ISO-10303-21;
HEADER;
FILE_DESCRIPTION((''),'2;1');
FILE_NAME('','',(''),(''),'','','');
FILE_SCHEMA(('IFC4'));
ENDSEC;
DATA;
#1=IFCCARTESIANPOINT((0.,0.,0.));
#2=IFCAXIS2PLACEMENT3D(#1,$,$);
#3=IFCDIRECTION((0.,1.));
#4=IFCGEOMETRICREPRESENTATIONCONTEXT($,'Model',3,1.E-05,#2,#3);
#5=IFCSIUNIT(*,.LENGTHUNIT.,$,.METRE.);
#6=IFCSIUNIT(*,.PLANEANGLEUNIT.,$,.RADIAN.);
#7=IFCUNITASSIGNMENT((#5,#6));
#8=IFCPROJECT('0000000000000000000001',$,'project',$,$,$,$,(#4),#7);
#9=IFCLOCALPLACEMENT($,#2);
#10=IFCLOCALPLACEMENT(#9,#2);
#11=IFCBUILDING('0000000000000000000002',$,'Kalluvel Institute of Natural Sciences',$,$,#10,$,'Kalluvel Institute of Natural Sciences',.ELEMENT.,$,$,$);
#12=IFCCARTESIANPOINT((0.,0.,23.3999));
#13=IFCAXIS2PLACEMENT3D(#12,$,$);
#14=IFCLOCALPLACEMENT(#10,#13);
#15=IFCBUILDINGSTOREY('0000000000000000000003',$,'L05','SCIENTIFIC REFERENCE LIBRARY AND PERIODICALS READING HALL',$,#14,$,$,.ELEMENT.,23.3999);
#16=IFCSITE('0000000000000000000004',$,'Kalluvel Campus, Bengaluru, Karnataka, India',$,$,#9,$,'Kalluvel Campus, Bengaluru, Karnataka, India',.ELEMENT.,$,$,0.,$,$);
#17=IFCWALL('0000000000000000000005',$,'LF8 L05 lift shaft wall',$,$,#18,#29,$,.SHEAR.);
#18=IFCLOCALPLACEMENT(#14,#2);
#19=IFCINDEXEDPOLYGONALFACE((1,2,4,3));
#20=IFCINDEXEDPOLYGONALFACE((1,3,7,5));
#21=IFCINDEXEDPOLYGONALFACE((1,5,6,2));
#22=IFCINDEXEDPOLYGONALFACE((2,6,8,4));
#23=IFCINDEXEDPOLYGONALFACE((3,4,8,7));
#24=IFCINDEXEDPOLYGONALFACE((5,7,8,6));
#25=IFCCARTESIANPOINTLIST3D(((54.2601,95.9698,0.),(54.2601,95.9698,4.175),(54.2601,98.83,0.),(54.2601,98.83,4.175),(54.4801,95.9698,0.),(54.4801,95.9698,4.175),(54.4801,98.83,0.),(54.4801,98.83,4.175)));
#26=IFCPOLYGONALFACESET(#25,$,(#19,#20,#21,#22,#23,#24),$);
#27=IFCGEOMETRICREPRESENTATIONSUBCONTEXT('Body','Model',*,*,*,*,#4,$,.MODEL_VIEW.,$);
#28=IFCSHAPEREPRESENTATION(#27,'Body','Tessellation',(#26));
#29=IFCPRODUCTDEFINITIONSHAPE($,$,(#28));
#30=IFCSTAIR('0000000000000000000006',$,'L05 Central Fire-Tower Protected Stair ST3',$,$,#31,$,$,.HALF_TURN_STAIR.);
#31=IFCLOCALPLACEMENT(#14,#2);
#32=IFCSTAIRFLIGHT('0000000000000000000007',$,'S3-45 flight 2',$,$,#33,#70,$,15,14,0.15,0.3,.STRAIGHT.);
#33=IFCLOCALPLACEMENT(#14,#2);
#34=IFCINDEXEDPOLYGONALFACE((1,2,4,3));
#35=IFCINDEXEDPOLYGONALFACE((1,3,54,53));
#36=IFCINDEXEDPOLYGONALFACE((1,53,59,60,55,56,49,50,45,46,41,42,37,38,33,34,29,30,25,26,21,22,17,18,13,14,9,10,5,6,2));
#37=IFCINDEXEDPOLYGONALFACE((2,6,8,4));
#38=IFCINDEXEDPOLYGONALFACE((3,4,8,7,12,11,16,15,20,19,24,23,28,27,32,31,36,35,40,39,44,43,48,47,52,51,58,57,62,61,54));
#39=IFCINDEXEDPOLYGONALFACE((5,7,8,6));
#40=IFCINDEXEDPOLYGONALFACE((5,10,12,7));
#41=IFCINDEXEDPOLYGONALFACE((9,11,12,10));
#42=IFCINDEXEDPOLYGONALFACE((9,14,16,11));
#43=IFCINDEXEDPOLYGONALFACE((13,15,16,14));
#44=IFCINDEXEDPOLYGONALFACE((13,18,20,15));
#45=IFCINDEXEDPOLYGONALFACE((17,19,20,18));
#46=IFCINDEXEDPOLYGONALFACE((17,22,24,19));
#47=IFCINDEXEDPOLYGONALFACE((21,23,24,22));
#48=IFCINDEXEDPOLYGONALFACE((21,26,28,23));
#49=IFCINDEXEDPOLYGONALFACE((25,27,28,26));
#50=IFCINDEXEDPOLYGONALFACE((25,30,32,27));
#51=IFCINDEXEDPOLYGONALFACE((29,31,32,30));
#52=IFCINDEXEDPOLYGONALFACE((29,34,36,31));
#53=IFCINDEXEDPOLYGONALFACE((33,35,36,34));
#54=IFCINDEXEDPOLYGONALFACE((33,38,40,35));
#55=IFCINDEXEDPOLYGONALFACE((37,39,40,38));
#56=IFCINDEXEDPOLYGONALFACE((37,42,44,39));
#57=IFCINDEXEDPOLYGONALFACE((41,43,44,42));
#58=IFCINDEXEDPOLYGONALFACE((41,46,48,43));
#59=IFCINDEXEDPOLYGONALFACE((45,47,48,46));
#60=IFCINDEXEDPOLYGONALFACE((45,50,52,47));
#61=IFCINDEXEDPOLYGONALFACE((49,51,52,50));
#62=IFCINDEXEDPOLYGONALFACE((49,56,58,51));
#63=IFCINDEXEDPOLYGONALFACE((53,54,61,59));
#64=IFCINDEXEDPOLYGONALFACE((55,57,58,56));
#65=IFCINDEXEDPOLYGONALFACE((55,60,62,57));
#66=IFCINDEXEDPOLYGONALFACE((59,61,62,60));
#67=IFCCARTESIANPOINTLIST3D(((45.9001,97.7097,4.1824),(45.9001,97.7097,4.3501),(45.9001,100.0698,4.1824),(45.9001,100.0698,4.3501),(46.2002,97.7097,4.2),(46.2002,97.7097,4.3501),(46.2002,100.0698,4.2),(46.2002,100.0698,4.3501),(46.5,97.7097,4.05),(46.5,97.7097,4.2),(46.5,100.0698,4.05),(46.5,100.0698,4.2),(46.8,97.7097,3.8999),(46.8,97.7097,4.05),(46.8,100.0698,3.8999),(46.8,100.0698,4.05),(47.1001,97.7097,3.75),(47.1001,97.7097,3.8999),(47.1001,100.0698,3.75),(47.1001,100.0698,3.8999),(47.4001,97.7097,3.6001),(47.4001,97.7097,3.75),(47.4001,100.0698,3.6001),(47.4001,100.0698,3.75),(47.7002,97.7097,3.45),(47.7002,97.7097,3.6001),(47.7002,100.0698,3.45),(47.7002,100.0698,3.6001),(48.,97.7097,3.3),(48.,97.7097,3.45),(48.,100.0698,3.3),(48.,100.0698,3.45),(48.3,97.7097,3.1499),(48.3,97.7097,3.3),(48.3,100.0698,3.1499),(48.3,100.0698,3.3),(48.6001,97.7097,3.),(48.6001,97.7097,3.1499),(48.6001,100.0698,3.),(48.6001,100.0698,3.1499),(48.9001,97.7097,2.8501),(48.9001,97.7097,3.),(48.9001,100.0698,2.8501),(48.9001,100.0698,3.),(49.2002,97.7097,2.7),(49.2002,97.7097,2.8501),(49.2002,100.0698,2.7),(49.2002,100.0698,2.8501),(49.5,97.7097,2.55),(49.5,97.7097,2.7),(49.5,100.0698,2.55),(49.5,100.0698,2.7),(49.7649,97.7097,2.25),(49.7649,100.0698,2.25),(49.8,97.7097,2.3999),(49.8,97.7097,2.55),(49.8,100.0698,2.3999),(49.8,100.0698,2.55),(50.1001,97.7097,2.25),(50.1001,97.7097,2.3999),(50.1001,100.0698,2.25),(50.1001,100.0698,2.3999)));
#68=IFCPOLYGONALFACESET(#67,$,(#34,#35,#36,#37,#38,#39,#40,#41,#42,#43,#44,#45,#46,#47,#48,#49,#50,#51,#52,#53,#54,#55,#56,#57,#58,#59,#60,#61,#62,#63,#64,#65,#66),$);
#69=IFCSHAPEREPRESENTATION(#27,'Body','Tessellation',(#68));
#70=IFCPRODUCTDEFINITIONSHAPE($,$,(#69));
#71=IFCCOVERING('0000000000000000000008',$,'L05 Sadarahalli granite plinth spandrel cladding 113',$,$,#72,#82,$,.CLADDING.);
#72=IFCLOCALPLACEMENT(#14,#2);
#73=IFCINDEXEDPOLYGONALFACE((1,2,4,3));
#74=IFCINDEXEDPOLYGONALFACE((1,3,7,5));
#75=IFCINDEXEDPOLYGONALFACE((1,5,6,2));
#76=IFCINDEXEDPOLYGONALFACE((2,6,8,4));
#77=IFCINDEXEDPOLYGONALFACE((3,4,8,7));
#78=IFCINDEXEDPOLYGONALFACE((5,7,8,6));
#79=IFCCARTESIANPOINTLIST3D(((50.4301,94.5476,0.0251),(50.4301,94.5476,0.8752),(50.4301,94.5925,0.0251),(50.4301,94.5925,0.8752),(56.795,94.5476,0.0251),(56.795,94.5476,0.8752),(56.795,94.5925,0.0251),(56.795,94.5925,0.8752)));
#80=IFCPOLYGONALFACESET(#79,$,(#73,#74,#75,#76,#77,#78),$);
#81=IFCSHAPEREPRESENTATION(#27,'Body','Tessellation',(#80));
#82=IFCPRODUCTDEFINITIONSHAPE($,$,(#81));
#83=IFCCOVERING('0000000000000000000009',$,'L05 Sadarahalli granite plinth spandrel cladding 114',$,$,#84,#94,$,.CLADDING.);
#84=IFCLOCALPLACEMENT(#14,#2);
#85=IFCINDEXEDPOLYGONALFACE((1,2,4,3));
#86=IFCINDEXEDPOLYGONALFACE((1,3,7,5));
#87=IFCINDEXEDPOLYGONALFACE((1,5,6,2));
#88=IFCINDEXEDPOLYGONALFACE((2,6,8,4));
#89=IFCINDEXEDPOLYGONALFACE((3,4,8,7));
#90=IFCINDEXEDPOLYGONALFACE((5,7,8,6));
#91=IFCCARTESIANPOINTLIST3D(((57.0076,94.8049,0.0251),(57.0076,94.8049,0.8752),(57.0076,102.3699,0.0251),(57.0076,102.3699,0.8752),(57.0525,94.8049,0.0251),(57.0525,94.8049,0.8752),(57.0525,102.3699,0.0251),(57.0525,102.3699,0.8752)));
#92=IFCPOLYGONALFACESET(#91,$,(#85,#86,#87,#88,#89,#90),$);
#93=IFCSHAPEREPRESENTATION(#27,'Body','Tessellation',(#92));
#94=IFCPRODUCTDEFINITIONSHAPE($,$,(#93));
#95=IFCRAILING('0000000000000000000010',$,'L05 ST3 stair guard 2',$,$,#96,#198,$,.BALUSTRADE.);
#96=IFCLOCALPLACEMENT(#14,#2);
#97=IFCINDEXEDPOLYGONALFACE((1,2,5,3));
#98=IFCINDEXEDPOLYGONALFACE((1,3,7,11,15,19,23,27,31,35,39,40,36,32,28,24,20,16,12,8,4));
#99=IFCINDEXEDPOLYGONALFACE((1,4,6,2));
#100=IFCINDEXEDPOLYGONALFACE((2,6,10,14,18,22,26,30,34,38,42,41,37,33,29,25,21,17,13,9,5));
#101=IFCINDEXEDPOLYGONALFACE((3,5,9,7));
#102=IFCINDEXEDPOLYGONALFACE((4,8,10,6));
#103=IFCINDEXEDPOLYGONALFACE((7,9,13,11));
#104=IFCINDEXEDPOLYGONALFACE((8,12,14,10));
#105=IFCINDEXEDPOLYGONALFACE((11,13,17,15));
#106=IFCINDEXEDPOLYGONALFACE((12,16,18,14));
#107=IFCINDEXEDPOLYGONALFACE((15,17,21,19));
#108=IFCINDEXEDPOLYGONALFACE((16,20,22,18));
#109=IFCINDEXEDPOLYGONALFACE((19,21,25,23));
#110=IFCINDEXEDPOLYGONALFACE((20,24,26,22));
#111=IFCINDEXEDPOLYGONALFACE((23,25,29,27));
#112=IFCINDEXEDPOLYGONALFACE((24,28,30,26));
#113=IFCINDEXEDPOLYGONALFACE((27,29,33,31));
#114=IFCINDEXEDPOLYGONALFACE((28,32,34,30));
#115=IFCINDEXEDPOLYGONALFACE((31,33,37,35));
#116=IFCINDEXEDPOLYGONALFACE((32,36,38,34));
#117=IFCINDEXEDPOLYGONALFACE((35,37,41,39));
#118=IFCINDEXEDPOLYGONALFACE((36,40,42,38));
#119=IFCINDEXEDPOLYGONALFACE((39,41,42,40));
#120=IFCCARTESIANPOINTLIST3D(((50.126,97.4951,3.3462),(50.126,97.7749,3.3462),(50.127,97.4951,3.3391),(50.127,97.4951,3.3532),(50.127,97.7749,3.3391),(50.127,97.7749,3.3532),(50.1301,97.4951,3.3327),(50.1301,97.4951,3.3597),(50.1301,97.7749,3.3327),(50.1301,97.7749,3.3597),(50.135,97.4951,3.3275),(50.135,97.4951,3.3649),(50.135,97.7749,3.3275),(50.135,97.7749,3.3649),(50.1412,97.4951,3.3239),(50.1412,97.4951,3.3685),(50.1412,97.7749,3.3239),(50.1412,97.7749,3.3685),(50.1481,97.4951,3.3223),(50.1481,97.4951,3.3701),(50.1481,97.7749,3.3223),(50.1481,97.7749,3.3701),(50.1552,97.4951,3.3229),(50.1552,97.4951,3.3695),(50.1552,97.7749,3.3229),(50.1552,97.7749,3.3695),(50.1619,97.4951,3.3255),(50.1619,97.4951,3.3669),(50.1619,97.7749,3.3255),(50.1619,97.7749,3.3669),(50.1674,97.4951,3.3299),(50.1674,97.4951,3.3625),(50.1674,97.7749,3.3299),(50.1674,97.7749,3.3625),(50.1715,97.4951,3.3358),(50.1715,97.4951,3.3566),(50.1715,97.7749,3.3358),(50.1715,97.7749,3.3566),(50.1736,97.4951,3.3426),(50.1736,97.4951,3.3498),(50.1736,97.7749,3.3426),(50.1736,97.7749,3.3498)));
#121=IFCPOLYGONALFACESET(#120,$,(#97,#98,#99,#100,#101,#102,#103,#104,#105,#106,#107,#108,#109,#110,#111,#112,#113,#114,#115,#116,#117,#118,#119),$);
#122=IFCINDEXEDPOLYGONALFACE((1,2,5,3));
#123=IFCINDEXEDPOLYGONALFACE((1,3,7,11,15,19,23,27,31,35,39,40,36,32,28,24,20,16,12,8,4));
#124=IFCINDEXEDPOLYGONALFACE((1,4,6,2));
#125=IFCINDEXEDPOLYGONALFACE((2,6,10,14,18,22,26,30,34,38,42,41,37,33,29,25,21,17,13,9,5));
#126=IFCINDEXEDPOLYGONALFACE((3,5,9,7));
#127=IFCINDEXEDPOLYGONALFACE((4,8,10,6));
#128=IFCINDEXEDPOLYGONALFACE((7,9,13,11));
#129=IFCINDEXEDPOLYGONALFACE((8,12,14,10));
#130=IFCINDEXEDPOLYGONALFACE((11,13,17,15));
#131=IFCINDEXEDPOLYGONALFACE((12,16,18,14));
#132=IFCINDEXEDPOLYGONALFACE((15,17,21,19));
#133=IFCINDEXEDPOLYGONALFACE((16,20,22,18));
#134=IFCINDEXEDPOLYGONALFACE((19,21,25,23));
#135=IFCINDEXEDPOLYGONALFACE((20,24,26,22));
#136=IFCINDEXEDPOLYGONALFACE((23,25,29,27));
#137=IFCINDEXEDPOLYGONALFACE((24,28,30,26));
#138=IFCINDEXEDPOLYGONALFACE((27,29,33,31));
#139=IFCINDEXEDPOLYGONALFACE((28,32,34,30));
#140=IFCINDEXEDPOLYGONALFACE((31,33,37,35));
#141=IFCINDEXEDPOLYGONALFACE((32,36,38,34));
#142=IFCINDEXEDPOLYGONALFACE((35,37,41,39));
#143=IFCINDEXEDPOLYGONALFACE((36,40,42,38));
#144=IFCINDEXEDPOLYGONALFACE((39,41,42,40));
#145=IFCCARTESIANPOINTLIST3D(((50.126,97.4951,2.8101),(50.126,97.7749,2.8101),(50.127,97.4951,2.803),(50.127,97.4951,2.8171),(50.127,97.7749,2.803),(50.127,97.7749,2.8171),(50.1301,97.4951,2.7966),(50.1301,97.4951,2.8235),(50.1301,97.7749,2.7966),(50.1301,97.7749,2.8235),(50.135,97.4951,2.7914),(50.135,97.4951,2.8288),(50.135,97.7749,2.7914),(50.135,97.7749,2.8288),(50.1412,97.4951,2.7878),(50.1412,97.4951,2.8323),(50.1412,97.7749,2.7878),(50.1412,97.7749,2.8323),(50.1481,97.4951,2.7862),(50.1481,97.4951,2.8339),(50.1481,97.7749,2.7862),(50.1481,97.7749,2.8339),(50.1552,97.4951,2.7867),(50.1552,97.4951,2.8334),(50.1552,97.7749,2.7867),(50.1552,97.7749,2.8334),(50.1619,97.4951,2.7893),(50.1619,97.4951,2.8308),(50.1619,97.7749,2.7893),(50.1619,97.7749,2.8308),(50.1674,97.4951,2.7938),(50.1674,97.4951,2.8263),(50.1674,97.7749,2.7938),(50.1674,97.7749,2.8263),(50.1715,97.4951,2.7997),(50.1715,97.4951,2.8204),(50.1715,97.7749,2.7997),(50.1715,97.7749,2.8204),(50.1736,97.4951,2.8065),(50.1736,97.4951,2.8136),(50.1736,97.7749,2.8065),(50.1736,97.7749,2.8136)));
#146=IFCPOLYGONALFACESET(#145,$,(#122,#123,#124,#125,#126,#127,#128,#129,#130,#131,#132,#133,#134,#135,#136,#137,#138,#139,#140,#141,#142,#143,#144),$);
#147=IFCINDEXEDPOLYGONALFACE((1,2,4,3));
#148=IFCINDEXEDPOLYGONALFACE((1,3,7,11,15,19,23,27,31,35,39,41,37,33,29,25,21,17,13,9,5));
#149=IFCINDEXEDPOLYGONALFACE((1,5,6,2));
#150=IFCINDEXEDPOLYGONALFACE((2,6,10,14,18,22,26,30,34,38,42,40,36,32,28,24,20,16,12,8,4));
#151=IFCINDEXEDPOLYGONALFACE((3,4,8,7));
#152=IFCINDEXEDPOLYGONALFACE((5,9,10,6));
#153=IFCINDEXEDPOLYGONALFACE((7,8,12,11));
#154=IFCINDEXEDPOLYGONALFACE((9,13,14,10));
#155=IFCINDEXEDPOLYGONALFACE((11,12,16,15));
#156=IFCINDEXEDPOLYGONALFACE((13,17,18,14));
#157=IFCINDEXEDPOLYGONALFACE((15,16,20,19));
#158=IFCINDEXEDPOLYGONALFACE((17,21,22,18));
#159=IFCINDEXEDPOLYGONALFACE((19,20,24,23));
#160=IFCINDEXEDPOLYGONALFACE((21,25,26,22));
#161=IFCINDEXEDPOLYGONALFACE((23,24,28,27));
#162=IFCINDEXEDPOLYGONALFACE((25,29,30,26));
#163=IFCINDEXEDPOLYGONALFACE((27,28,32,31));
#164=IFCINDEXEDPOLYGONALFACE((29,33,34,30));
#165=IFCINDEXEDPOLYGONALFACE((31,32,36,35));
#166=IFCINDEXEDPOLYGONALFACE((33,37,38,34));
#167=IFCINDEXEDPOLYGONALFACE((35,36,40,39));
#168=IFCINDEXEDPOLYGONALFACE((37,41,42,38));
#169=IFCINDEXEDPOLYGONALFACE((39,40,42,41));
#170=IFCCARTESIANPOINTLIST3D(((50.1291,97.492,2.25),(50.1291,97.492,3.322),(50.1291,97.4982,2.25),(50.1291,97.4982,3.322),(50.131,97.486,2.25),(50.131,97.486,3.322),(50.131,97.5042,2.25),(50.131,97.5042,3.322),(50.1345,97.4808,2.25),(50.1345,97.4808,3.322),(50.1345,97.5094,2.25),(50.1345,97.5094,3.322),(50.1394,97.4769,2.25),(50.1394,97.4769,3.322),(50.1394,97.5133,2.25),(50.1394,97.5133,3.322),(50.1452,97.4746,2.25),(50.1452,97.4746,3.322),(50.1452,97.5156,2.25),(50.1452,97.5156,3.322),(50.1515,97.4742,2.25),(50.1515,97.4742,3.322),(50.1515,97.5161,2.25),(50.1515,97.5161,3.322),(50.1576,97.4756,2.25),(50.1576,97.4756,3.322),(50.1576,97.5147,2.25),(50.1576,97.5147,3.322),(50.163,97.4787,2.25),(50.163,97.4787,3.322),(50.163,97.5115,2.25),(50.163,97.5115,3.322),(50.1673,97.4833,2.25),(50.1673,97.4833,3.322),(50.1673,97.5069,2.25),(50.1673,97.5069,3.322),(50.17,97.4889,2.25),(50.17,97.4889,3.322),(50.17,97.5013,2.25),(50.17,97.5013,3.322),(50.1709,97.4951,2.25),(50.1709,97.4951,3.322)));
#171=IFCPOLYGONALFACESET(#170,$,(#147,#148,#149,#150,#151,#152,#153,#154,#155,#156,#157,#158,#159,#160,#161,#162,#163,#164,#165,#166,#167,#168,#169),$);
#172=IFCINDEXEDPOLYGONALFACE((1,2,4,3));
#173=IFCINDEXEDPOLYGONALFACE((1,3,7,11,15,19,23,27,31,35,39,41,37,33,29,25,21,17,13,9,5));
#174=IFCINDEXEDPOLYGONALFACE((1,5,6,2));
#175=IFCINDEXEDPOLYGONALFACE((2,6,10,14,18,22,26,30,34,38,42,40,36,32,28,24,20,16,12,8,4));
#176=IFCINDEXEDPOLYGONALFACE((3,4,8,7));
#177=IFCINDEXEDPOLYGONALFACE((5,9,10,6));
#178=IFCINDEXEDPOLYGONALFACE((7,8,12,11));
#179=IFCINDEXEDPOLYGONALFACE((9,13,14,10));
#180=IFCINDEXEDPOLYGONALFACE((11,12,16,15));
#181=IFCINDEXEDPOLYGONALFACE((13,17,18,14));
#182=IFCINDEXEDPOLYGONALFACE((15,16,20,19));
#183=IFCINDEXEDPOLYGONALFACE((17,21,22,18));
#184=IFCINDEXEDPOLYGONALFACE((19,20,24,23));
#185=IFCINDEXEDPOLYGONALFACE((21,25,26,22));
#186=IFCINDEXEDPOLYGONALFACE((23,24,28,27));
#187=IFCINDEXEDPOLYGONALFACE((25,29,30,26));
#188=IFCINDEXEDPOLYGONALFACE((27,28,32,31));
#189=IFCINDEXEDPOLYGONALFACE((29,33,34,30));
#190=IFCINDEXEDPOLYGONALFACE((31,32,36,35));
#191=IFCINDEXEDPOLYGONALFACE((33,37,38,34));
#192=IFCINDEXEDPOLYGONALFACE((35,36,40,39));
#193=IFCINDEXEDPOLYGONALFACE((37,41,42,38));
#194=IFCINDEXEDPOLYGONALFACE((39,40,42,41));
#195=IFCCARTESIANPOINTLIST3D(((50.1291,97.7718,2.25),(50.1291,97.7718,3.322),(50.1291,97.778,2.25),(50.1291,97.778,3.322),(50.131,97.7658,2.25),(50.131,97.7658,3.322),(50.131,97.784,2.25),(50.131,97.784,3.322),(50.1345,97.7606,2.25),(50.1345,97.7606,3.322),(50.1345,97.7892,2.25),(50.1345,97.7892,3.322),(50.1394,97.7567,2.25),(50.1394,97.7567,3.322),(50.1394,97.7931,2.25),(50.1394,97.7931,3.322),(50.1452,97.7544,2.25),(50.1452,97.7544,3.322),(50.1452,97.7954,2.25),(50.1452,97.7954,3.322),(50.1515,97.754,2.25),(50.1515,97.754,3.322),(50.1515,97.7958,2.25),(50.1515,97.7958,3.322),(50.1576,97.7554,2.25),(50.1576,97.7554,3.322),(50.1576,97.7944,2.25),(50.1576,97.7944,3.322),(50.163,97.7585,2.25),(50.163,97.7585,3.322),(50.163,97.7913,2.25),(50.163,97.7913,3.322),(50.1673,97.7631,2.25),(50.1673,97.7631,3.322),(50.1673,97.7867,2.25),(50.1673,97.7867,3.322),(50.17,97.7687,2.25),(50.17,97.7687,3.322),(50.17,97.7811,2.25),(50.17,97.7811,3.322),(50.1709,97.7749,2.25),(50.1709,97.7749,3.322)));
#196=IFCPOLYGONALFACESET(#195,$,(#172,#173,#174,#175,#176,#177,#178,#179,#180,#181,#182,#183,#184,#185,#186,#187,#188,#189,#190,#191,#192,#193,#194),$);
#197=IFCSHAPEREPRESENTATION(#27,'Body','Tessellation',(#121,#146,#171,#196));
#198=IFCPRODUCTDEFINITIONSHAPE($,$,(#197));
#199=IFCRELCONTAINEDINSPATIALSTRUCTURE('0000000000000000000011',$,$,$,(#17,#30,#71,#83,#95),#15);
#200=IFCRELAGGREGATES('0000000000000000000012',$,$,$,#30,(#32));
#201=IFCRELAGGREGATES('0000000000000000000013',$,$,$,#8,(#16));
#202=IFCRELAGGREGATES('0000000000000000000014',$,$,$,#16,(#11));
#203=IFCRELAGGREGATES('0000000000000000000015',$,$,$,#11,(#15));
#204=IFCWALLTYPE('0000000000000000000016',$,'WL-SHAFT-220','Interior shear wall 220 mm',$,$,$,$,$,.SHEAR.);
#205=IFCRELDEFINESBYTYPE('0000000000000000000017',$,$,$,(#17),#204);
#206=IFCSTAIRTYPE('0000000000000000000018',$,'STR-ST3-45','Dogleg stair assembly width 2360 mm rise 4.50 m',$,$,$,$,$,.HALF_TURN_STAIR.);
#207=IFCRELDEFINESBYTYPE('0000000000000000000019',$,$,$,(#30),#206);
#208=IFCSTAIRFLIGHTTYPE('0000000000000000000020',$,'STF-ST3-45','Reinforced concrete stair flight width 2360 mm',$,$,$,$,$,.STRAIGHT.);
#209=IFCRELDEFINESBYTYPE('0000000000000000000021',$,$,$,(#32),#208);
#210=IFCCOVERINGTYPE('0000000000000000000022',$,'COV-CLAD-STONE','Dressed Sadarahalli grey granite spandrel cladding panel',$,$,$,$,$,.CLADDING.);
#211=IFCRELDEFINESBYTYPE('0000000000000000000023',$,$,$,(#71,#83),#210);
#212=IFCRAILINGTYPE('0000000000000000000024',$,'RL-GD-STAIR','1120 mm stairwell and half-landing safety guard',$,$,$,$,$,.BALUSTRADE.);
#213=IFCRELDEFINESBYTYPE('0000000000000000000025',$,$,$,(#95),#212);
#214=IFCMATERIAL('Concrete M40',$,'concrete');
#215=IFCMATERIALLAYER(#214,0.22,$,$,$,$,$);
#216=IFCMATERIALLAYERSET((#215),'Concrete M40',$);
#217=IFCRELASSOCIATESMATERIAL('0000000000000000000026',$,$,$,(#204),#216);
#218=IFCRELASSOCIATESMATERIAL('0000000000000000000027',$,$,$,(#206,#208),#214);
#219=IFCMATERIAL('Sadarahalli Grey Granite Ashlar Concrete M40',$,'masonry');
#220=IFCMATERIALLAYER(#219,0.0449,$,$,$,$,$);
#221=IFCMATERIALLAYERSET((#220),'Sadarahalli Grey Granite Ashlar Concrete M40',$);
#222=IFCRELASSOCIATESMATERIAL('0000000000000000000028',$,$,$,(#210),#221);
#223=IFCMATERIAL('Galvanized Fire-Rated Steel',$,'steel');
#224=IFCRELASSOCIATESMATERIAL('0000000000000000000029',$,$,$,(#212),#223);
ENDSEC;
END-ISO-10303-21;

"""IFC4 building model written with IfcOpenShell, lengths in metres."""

from ifc_helpers import new_model, si_unit, direction, frame, frame_2d, origin, origin_2d, place, context, subcontext, project, spatial, polyline, rectangle, circle, outline, extrude, material, layer, layer_set, type_object, element, aggregate, save


model = new_model("IFC4")

# Units and contexts
model_context = context("Model", 3, precision=1e-05, world=origin(), true_north=direction((0.0, 1.0)))
body_context = subcontext(model_context, "Body", "Model", "MODEL_VIEW")
ifc_project = project(units=[si_unit("LENGTHUNIT", "METRE"), si_unit("PLANEANGLEUNIT", "RADIAN")], contexts=[model_context])

# Site, building, storey
site_placement = place(None, origin())
site = spatial("IfcSite", under=ifc_project, at=site_placement, Name="Kalluvel Campus, Bengaluru, Karnataka, India", LongName="Kalluvel Campus, Bengaluru, Karnataka, India", CompositionType="ELEMENT", RefElevation=0.0)
building_placement = place(site_placement, origin())
building = spatial("IfcBuilding", under=site, at=building_placement, Name="Kalluvel Institute of Natural Sciences", LongName="Kalluvel Institute of Natural Sciences", CompositionType="ELEMENT")
storey_placement = place(building_placement, frame((0.0, 0.0, 23.3999)))
storey = spatial("IfcBuildingStorey", under=building, at=storey_placement, Name="L05", Description="SCIENTIFIC REFERENCE LIBRARY AND PERIODICALS READING HALL", CompositionType="ELEMENT", Elevation=23.3999)

# Shared definitions
ifc_material_1 = material(Name="Concrete M40", Category="concrete")

# Shared definitions
ifc_material_2 = material(Name="Galvanized Fire-Rated Steel", Category="steel")

# Shared definitions
ifc_material_3 = material(Name="Sadarahalli Grey Granite Ashlar Concrete M40", Category="masonry")

# Shared definitions
ifc_layer_1 = layer(ifc_material_1, 0.22)
ifc_layer_set_1 = layer_set([ifc_layer_1], Name="Concrete M40")
wall_type_1 = type_object("IfcWallType", Name="WL-SHAFT-220", Description="Interior shear wall 220 mm", PredefinedType="SHEAR", material=ifc_layer_set_1)

# Wall
wall_1_placement = place(storey_placement, frame((54.3701, 98.8301, 0.0), z_axis=(0.0, 0.0, 1.0), x_axis=(0.0, -1.0, 0.0)))
element("IfcWall", 1, at=wall_1_placement, inside=storey, type_object=wall_type_1, Name="LF8 L05 lift shaft wall", PredefinedType="SHEAR", context=body_context, shape_type="SweptSolid", body=[
    extrude(rectangle(XDim=2.8601, YDim=0.22, at=frame_2d((1.4302, 0.0))), origin(), (0.0, 0.0, 1.0), 4.175),
])

# Stair, stair flight
stair_type = type_object("IfcStairType", Name="STR-ST3-45", Description="Dogleg stair assembly width 2360 mm rise 4.50 m", PredefinedType="HALF_TURN_STAIR", material=ifc_material_1)
stair_placement = place(storey_placement, origin())
stair = element("IfcStair", 2, at=stair_placement, inside=storey, type_object=stair_type, Name="L05 Central Fire-Tower Protected Stair ST3", PredefinedType="HALF_TURN_STAIR")
stair_flight_type = type_object("IfcStairFlightType", Name="STF-ST3-45", Description="Reinforced concrete stair flight width 2360 mm", PredefinedType="STRAIGHT", material=ifc_material_1)
stair_flight_placement = place(storey_placement, frame((50.1001, 98.8899, 2.25), z_axis=(0.0, 0.0, 1.0), x_axis=(-1.0, 0.0, 0.0)))
stair_flight = element("IfcStairFlight", 3, at=stair_flight_placement, type_object=stair_flight_type, Name="S3-45 flight 2", NumberOfRisers=15, NumberOfTreads=14, PredefinedType="STRAIGHT", RiserHeight=0.15, TreadLength=0.3, context=body_context, shape_type="SweptSolid", body=[
    extrude(outline(polyline([(0.0, 0.0), (0.0, 0.1499), (0.3, 0.1499), (0.3, 0.3), (0.6001, 0.3), (0.6001, 0.45), (0.8999, 0.45), (0.8999, 0.6001), (1.2, 0.6001), (1.2, 0.75), (1.5, 0.75), (1.5, 0.8999), (1.8, 0.8999), (1.8, 1.05), (2.1001, 1.05), (2.1001, 1.2), (2.3999, 1.2), (2.3999, 1.3501), (2.7, 1.3501), (2.7, 1.5), (3.0, 1.5), (3.0, 1.6499), (3.3, 1.6499), (3.3, 1.8), (3.6001, 1.8), (3.6001, 1.95), (3.8999, 1.95), (3.8999, 2.1001), (4.2, 2.1001), (4.2, 2.25), (4.2, 1.9324), (0.3352, 0.0), (0.0, 0.0)])), frame((0.0, 1.1802, 0.0), z_axis=(0.0, -1.0, 0.0), x_axis=(1.0, 0.0, 0.0)), (0.0, 0.0, 1.0), 2.3601),
])
aggregate(stair, [stair_flight])

# Coverings
ifc_layer_2 = layer(ifc_material_3, 0.0449)
ifc_layer_set_2 = layer_set([ifc_layer_2], Name="Sadarahalli Grey Granite Ashlar Concrete M40")
covering_type = type_object("IfcCoveringType", Name="COV-CLAD-STONE", Description="Dressed Sadarahalli grey granite spandrel cladding panel", PredefinedType="CLADDING", material=ifc_layer_set_2)
covering_1_placement = place(storey_placement, frame((53.6125, 94.5701, 0.0251), z_axis=(0.0, 0.0, 1.0), x_axis=(1.0, 0.0, 0.0)))
element("IfcCovering", 4, at=covering_1_placement, inside=storey, type_object=covering_type, Name="L05 Sadarahalli granite plinth spandrel cladding 113", PredefinedType="CLADDING", context=body_context, shape_type="SweptSolid", body=[
    extrude(rectangle(XDim=6.365, YDim=0.0449, at=origin_2d()), origin(), (0.0, 0.0, 1.0), 0.8501),
])
covering_2_placement = place(storey_placement, frame((57.03, 98.5874, 0.0251), z_axis=(0.0, 0.0, 1.0), x_axis=(0.0, 1.0, 0.0)))
element("IfcCovering", 5, at=covering_2_placement, inside=storey, type_object=covering_type, Name="L05 Sadarahalli granite plinth spandrel cladding 114", PredefinedType="CLADDING", context=body_context, shape_type="SweptSolid", body=[
    extrude(rectangle(XDim=7.5649, YDim=0.0449, at=origin_2d()), origin(), (0.0, 0.0, 1.0), 0.8501),
])

# Railing
railing_type_1 = type_object("IfcRailingType", Name="RL-GD-STAIR", Description="1120 mm stairwell and half-landing safety guard", PredefinedType="BALUSTRADE", material=ifc_material_2)
railing_1_placement = place(storey_placement, frame((50.1499, 97.4951, 2.25)))
element("IfcRailing", 6, at=railing_1_placement, inside=storey, type_object=railing_type_1, Name="L05 ST3 stair guard 2", PredefinedType="BALUSTRADE", context=body_context, shape_type="SweptSolid", body=[
    extrude(circle(Radius=0.0239, at=origin_2d()), frame((0.0, 0.0, 1.0962), z_axis=(0.0, 1.0, 0.0), x_axis=(-1.0, 0.0, 0.0)), (0.0, 0.0, 1.0), 0.2798),
    extrude(circle(Radius=0.0239, at=origin_2d()), frame((0.0, 0.0, 0.5601), z_axis=(0.0, 1.0, 0.0), x_axis=(-1.0, 0.0, 0.0)), (0.0, 0.0, 1.0), 0.2798),
    extrude(circle(Radius=0.021, at=origin_2d()), origin(), (0.0, 0.0, 1.0), 1.072),
    extrude(circle(Radius=0.021, at=origin_2d()), frame((0.0, 0.2798, 0.0)), (0.0, 0.0, 1.0), 1.072),
])

save(model, "model.ifc")
